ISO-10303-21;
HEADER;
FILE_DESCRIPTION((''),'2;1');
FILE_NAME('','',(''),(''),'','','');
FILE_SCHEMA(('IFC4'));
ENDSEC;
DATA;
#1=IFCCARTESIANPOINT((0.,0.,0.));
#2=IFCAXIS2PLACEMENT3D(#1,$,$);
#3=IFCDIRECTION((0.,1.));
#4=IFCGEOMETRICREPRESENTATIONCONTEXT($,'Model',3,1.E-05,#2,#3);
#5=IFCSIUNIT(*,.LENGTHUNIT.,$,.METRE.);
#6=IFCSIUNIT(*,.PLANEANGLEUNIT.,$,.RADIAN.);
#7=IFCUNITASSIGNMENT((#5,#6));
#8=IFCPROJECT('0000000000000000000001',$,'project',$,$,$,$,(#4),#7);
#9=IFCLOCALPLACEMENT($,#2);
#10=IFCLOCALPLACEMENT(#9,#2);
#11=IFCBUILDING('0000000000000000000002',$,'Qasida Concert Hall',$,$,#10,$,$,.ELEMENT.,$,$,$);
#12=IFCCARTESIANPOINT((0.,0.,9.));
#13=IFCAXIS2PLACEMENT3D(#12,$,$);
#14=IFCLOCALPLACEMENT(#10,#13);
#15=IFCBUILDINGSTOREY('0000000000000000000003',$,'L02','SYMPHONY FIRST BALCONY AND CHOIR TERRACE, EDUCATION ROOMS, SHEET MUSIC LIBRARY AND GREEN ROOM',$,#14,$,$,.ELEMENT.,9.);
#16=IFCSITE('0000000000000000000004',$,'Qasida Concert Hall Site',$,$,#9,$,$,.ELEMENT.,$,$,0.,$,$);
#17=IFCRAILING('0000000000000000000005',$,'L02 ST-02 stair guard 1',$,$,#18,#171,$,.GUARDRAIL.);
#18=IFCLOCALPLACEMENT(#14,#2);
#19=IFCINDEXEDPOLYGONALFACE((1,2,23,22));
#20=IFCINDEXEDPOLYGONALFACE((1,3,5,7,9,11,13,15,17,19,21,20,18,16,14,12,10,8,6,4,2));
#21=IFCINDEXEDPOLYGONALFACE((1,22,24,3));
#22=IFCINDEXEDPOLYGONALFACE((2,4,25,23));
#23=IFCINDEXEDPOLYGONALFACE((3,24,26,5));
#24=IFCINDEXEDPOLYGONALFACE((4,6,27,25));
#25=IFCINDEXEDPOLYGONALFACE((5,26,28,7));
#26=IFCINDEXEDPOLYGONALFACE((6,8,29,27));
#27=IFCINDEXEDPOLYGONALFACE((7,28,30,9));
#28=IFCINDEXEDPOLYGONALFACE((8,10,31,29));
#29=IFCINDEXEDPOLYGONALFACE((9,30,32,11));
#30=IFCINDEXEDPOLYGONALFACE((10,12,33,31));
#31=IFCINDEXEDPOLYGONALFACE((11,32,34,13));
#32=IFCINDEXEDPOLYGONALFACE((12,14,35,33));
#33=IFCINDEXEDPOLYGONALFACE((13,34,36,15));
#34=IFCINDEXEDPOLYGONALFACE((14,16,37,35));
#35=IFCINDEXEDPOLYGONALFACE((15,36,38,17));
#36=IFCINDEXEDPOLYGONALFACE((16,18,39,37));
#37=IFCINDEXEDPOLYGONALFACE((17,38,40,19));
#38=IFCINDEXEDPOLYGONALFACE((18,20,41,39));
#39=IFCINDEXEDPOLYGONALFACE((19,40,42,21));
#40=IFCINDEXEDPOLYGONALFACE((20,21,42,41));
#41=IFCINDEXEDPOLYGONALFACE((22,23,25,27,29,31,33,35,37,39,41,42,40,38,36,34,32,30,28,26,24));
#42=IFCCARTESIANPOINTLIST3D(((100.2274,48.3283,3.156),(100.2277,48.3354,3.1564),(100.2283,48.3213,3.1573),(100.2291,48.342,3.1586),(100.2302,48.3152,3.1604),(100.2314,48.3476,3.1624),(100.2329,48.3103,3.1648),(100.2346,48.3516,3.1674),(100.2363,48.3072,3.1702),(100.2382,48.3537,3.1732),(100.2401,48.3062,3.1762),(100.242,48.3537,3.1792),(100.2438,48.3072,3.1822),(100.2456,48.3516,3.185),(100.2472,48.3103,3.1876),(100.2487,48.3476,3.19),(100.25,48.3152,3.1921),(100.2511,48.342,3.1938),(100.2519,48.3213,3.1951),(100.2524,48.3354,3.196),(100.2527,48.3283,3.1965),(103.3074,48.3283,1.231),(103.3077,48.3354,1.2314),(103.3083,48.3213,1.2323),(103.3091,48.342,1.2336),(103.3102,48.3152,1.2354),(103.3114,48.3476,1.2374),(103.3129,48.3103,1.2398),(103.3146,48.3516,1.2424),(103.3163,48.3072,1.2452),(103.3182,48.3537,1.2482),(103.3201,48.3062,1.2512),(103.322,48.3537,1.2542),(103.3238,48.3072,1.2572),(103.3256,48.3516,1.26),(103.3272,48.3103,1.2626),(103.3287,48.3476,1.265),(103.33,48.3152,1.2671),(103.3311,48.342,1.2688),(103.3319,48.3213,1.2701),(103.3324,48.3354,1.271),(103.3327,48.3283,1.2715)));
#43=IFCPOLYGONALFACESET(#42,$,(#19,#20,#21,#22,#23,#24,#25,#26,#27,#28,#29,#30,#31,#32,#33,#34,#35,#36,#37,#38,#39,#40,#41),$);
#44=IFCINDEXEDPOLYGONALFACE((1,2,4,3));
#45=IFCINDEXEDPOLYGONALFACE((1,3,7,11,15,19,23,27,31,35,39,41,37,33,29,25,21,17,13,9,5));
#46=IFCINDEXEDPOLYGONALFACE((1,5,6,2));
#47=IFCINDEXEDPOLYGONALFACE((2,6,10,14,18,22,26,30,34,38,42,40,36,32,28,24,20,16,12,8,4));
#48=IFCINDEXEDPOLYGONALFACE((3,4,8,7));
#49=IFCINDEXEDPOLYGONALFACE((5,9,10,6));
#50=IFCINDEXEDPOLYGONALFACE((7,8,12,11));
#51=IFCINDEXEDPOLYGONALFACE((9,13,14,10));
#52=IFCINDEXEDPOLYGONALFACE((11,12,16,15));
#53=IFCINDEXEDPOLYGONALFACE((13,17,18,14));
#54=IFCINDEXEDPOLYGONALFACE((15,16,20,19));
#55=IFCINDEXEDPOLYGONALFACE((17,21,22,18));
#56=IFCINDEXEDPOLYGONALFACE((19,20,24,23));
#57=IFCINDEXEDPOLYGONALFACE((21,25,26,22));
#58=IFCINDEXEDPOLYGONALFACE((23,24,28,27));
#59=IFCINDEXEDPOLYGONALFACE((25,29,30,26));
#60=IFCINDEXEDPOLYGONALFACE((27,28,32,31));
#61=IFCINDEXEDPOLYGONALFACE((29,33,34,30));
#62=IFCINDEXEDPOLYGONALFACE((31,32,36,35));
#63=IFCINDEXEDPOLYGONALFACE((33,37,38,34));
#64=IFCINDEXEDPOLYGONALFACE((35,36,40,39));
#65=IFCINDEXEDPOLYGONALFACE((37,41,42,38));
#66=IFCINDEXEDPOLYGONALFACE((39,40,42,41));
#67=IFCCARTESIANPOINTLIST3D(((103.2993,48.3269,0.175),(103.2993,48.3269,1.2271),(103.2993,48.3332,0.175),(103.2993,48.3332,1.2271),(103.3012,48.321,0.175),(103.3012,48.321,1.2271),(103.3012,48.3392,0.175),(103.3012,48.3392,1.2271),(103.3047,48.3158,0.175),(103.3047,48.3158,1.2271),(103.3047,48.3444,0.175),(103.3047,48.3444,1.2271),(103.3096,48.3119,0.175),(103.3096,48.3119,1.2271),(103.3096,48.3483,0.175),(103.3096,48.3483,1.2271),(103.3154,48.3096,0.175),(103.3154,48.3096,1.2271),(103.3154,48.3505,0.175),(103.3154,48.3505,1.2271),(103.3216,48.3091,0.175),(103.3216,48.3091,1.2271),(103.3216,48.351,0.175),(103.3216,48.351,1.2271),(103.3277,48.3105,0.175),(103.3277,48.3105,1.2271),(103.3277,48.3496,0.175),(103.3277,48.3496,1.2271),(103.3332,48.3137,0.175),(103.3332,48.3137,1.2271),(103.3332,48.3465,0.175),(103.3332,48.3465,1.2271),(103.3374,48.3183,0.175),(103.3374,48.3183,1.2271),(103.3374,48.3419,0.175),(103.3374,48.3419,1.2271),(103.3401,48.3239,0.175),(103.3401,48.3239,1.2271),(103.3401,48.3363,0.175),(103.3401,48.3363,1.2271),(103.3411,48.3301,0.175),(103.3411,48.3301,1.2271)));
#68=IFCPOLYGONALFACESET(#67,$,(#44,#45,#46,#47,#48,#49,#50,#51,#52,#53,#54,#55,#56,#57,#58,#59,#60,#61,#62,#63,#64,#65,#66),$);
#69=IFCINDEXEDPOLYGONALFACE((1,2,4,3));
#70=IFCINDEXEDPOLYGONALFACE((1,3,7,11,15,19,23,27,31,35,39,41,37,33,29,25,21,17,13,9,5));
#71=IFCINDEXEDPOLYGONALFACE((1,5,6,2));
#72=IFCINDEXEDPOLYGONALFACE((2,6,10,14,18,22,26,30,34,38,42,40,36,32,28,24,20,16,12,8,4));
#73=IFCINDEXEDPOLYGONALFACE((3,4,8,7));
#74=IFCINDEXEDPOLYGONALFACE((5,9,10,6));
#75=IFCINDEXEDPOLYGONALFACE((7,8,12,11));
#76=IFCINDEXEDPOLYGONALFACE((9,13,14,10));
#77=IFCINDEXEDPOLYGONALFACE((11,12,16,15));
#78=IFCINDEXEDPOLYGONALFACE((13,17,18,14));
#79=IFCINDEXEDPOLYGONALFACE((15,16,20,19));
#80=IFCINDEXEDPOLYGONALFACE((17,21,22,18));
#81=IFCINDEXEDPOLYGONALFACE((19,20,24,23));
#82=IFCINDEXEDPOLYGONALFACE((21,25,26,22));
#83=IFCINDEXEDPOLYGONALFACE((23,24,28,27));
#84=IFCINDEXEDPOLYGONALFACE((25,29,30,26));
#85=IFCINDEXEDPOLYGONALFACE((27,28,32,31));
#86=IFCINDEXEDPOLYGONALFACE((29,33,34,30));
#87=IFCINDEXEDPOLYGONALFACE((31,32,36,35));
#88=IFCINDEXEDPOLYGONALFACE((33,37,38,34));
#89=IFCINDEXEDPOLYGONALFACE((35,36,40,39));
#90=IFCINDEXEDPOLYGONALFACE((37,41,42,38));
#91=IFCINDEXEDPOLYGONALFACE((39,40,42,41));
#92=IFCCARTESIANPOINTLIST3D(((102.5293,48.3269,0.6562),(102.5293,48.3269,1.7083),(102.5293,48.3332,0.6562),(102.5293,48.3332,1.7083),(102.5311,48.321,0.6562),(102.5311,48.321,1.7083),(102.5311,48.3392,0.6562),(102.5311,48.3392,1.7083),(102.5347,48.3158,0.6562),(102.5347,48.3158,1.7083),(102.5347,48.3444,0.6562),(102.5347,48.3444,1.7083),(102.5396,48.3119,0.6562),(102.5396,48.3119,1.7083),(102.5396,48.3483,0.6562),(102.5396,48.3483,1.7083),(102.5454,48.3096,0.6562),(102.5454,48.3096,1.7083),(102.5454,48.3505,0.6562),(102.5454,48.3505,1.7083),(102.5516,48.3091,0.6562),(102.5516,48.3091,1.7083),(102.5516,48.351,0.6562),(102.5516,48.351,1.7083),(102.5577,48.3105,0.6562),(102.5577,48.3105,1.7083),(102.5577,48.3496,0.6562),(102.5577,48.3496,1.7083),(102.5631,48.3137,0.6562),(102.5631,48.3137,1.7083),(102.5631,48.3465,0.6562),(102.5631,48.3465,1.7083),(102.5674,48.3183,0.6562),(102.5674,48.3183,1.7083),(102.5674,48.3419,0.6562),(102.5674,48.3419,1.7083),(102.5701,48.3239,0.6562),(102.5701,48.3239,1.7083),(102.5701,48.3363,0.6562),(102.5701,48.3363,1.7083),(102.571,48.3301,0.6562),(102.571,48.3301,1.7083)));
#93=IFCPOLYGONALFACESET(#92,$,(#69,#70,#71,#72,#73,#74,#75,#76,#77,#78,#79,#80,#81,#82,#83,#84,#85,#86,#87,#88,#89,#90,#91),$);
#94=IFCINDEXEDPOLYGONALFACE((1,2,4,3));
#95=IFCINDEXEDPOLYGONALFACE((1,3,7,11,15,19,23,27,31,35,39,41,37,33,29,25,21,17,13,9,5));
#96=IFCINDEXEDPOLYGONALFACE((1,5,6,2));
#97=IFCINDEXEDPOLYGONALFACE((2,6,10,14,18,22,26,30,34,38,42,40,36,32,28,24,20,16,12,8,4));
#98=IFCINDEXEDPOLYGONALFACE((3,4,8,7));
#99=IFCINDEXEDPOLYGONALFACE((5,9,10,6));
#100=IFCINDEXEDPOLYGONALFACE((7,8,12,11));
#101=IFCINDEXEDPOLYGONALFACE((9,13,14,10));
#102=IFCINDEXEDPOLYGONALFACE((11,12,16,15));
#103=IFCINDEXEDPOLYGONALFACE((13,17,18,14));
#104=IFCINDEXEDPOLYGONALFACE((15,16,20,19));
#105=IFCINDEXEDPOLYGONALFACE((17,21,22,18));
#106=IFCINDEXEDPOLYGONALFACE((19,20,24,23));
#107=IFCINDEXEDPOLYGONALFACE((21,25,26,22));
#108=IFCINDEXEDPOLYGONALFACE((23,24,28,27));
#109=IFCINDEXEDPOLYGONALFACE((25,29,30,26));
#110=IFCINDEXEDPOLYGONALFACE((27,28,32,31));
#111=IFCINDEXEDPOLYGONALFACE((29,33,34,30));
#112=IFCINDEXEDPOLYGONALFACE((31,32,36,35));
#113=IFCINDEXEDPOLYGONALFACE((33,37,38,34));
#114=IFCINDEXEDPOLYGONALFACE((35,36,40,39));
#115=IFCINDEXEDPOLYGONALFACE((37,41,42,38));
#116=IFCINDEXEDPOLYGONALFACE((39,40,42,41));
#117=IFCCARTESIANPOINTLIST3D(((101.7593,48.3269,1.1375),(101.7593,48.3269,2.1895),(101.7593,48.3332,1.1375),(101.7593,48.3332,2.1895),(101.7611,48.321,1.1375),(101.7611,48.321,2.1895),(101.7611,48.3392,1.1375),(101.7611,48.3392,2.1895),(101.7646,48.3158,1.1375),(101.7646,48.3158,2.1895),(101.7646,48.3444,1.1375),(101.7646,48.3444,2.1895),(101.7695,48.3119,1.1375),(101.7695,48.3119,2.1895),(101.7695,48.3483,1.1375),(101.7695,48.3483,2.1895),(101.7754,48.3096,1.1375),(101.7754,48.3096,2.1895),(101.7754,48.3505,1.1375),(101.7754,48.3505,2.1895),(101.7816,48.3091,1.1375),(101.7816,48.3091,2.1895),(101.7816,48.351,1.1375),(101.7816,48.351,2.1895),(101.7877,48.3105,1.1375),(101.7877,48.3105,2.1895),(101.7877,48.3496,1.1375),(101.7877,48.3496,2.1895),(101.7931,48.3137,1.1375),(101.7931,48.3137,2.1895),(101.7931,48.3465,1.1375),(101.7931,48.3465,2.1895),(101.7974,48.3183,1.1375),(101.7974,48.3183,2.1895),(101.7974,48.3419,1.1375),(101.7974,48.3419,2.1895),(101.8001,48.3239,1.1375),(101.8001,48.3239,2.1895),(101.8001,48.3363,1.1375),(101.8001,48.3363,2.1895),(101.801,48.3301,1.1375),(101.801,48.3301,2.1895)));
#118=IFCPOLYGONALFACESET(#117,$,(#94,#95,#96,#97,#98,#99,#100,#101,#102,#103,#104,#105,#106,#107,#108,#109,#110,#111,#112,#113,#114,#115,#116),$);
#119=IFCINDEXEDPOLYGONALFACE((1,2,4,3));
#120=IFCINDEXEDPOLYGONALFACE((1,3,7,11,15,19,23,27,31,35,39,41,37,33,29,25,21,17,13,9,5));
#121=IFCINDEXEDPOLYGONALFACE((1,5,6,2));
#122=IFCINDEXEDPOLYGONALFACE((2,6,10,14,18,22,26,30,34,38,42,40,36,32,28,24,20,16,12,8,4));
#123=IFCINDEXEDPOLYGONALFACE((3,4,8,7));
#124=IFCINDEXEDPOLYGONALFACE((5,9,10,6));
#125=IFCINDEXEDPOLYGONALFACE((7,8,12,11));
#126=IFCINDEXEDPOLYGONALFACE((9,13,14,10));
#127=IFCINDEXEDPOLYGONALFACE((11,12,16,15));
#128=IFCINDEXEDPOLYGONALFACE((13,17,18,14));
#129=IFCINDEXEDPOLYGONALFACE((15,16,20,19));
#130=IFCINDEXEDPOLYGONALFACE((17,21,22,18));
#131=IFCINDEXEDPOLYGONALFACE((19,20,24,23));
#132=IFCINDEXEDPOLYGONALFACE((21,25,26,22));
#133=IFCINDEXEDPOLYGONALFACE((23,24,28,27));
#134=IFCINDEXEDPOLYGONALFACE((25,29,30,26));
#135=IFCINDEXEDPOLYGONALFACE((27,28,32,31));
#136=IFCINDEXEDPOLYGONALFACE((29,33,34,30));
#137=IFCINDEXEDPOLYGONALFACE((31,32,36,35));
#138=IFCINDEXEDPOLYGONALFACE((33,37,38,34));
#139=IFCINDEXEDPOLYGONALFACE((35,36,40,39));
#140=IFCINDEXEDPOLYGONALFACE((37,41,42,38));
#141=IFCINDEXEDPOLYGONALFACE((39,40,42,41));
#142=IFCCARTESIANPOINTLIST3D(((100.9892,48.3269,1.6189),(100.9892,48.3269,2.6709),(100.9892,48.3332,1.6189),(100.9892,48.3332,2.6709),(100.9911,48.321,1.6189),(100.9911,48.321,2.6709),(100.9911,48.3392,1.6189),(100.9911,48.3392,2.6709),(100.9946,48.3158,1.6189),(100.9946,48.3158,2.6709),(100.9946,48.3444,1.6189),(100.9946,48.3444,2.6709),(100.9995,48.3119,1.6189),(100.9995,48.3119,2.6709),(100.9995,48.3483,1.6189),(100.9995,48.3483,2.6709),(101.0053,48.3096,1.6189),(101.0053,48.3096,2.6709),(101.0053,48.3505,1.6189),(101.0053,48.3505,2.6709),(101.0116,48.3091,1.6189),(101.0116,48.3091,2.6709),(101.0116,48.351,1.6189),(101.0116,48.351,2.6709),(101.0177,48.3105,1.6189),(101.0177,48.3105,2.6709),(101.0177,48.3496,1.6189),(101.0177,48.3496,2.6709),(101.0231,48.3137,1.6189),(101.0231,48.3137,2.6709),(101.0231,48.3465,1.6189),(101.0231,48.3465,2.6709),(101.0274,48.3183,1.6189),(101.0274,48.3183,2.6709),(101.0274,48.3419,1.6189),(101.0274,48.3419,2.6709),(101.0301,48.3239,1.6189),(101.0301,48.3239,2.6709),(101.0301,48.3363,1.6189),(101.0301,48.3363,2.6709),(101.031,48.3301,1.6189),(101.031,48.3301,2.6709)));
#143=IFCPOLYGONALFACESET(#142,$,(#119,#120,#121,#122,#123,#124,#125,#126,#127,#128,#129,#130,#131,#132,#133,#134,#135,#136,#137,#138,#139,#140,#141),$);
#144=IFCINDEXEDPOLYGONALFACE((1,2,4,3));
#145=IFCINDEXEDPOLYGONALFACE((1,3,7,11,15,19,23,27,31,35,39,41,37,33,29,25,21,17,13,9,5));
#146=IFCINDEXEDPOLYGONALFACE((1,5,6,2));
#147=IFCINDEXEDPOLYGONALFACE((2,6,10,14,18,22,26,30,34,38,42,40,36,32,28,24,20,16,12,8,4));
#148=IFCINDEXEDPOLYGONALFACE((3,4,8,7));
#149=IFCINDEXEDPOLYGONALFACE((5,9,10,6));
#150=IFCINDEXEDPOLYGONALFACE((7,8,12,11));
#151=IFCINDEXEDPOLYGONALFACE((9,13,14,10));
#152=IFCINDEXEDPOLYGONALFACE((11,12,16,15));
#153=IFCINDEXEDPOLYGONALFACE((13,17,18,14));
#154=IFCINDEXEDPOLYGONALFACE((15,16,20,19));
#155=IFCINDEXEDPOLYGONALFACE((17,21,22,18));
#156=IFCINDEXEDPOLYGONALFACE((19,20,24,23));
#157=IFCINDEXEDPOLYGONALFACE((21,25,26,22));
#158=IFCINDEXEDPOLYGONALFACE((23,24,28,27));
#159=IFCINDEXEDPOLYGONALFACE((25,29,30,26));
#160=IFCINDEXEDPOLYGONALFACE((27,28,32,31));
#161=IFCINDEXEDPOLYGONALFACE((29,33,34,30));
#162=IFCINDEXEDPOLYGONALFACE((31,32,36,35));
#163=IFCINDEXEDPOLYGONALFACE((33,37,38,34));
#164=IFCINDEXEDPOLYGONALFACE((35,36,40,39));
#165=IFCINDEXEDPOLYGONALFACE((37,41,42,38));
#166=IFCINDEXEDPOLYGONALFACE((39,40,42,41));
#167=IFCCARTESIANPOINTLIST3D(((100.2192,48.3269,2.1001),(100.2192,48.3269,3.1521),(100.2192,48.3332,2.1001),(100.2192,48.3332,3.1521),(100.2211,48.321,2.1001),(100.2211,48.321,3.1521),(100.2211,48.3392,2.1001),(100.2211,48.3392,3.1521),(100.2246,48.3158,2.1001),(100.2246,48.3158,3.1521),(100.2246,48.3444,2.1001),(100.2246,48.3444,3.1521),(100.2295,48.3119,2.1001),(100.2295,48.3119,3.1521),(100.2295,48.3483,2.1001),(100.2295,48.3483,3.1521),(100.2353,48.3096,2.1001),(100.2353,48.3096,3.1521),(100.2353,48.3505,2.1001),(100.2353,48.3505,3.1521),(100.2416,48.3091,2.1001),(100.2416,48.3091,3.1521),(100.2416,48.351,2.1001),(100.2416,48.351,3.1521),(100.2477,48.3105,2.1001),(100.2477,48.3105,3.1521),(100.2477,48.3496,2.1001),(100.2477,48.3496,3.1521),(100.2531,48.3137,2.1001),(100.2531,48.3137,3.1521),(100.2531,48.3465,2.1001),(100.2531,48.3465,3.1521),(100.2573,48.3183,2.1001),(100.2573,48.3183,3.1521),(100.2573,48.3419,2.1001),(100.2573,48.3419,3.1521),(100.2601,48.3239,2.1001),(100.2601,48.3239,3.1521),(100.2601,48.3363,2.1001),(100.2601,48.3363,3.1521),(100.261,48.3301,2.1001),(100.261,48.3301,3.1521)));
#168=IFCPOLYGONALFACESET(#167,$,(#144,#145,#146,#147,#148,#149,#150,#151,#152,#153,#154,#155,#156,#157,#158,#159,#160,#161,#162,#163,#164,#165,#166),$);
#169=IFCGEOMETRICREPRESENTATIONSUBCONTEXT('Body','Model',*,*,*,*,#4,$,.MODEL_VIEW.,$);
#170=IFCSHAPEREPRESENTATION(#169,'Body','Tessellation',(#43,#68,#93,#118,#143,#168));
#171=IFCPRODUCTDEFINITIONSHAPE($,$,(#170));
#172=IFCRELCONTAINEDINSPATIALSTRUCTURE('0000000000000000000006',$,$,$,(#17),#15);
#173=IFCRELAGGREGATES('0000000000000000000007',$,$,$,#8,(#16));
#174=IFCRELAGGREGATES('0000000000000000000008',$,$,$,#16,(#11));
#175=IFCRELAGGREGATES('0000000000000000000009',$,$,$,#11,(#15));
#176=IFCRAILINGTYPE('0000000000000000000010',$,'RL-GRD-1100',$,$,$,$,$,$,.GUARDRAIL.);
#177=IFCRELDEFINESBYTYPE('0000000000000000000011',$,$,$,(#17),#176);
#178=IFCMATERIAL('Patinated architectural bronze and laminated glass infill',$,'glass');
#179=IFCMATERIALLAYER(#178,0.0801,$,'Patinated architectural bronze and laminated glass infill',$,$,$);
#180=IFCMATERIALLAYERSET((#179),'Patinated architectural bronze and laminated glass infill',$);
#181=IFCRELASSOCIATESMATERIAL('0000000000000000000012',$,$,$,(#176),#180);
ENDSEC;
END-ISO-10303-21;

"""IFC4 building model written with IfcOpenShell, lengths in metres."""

from ifc_helpers import new_model, si_unit, direction, frame, origin, origin_2d, place, context, subcontext, project, spatial, circle, extrude, material, layer, layer_set, type_object, element, save


model = new_model("IFC4")

# Units and contexts
model_context = context("Model", 3, precision=1e-05, world=origin(), true_north=direction((0.0, 1.0)))
body_context = subcontext(model_context, "Body", "Model", "MODEL_VIEW")
ifc_project = project(units=[si_unit("LENGTHUNIT", "METRE"), si_unit("PLANEANGLEUNIT", "RADIAN")], contexts=[model_context])

# Site, building, storey
site_placement = place(None, origin())
site = spatial("IfcSite", under=ifc_project, at=site_placement, Name="Qasida Concert Hall Site", CompositionType="ELEMENT", RefElevation=0.0)
building_placement = place(site_placement, origin())
building = spatial("IfcBuilding", under=site, at=building_placement, Name="Qasida Concert Hall", CompositionType="ELEMENT")
storey_placement = place(building_placement, frame((0.0, 0.0, 9.0)))
storey = spatial("IfcBuildingStorey", under=building, at=storey_placement, Name="L02", Description="SYMPHONY FIRST BALCONY AND CHOIR TERRACE, EDUCATION ROOMS, SHEET MUSIC LIBRARY AND GREEN ROOM", CompositionType="ELEMENT", Elevation=9.0)

# Railing
ifc_material_1 = material(Name="Patinated architectural bronze and laminated glass infill", Category="glass")
ifc_layer_1 = layer(ifc_material_1, 0.0801, Name="Patinated architectural bronze and laminated glass infill")
ifc_layer_set_1 = layer_set([ifc_layer_1], Name="Patinated architectural bronze and laminated glass infill")
railing_type_1 = type_object("IfcRailingType", Name="RL-GRD-1100", PredefinedType="GUARDRAIL", material=ifc_layer_set_1)
railing_1_placement = place(storey_placement, frame((103.3201, 48.3301, 0.175)))
element("IfcRailing", 1, at=railing_1_placement, inside=storey, type_object=railing_type_1, Name="L02 ST-02 stair guard 1", PredefinedType="GUARDRAIL", context=body_context, shape_type="SweptSolid", body=[
    extrude(circle(Radius=0.0239, at=origin_2d()), frame((0.0, 0.0, 1.0762), z_axis=(-0.847998, 0.0, 0.529999), x_axis=(0.0, -1.0, 0.0)), (0.0, 0.0, 1.0), 3.6321),
    extrude(circle(Radius=0.021, at=origin_2d()), origin(), (0.0, 0.0, 1.0), 1.052),
    extrude(circle(Radius=0.021, at=origin_2d()), frame((-0.77, 0.0, 0.4812)), (0.0, 0.0, 1.0), 1.052),
    extrude(circle(Radius=0.021, at=origin_2d()), frame((-1.54, 0.0, 0.9624)), (0.0, 0.0, 1.0), 1.052),
    extrude(circle(Radius=0.021, at=origin_2d()), frame((-2.3101, 0.0, 1.4438)), (0.0, 0.0, 1.0), 1.052),
    extrude(circle(Radius=0.021, at=origin_2d()), frame((-3.0801, 0.0, 1.925)), (0.0, 0.0, 1.0), 1.052),
])

save(model, "model.ifc")
